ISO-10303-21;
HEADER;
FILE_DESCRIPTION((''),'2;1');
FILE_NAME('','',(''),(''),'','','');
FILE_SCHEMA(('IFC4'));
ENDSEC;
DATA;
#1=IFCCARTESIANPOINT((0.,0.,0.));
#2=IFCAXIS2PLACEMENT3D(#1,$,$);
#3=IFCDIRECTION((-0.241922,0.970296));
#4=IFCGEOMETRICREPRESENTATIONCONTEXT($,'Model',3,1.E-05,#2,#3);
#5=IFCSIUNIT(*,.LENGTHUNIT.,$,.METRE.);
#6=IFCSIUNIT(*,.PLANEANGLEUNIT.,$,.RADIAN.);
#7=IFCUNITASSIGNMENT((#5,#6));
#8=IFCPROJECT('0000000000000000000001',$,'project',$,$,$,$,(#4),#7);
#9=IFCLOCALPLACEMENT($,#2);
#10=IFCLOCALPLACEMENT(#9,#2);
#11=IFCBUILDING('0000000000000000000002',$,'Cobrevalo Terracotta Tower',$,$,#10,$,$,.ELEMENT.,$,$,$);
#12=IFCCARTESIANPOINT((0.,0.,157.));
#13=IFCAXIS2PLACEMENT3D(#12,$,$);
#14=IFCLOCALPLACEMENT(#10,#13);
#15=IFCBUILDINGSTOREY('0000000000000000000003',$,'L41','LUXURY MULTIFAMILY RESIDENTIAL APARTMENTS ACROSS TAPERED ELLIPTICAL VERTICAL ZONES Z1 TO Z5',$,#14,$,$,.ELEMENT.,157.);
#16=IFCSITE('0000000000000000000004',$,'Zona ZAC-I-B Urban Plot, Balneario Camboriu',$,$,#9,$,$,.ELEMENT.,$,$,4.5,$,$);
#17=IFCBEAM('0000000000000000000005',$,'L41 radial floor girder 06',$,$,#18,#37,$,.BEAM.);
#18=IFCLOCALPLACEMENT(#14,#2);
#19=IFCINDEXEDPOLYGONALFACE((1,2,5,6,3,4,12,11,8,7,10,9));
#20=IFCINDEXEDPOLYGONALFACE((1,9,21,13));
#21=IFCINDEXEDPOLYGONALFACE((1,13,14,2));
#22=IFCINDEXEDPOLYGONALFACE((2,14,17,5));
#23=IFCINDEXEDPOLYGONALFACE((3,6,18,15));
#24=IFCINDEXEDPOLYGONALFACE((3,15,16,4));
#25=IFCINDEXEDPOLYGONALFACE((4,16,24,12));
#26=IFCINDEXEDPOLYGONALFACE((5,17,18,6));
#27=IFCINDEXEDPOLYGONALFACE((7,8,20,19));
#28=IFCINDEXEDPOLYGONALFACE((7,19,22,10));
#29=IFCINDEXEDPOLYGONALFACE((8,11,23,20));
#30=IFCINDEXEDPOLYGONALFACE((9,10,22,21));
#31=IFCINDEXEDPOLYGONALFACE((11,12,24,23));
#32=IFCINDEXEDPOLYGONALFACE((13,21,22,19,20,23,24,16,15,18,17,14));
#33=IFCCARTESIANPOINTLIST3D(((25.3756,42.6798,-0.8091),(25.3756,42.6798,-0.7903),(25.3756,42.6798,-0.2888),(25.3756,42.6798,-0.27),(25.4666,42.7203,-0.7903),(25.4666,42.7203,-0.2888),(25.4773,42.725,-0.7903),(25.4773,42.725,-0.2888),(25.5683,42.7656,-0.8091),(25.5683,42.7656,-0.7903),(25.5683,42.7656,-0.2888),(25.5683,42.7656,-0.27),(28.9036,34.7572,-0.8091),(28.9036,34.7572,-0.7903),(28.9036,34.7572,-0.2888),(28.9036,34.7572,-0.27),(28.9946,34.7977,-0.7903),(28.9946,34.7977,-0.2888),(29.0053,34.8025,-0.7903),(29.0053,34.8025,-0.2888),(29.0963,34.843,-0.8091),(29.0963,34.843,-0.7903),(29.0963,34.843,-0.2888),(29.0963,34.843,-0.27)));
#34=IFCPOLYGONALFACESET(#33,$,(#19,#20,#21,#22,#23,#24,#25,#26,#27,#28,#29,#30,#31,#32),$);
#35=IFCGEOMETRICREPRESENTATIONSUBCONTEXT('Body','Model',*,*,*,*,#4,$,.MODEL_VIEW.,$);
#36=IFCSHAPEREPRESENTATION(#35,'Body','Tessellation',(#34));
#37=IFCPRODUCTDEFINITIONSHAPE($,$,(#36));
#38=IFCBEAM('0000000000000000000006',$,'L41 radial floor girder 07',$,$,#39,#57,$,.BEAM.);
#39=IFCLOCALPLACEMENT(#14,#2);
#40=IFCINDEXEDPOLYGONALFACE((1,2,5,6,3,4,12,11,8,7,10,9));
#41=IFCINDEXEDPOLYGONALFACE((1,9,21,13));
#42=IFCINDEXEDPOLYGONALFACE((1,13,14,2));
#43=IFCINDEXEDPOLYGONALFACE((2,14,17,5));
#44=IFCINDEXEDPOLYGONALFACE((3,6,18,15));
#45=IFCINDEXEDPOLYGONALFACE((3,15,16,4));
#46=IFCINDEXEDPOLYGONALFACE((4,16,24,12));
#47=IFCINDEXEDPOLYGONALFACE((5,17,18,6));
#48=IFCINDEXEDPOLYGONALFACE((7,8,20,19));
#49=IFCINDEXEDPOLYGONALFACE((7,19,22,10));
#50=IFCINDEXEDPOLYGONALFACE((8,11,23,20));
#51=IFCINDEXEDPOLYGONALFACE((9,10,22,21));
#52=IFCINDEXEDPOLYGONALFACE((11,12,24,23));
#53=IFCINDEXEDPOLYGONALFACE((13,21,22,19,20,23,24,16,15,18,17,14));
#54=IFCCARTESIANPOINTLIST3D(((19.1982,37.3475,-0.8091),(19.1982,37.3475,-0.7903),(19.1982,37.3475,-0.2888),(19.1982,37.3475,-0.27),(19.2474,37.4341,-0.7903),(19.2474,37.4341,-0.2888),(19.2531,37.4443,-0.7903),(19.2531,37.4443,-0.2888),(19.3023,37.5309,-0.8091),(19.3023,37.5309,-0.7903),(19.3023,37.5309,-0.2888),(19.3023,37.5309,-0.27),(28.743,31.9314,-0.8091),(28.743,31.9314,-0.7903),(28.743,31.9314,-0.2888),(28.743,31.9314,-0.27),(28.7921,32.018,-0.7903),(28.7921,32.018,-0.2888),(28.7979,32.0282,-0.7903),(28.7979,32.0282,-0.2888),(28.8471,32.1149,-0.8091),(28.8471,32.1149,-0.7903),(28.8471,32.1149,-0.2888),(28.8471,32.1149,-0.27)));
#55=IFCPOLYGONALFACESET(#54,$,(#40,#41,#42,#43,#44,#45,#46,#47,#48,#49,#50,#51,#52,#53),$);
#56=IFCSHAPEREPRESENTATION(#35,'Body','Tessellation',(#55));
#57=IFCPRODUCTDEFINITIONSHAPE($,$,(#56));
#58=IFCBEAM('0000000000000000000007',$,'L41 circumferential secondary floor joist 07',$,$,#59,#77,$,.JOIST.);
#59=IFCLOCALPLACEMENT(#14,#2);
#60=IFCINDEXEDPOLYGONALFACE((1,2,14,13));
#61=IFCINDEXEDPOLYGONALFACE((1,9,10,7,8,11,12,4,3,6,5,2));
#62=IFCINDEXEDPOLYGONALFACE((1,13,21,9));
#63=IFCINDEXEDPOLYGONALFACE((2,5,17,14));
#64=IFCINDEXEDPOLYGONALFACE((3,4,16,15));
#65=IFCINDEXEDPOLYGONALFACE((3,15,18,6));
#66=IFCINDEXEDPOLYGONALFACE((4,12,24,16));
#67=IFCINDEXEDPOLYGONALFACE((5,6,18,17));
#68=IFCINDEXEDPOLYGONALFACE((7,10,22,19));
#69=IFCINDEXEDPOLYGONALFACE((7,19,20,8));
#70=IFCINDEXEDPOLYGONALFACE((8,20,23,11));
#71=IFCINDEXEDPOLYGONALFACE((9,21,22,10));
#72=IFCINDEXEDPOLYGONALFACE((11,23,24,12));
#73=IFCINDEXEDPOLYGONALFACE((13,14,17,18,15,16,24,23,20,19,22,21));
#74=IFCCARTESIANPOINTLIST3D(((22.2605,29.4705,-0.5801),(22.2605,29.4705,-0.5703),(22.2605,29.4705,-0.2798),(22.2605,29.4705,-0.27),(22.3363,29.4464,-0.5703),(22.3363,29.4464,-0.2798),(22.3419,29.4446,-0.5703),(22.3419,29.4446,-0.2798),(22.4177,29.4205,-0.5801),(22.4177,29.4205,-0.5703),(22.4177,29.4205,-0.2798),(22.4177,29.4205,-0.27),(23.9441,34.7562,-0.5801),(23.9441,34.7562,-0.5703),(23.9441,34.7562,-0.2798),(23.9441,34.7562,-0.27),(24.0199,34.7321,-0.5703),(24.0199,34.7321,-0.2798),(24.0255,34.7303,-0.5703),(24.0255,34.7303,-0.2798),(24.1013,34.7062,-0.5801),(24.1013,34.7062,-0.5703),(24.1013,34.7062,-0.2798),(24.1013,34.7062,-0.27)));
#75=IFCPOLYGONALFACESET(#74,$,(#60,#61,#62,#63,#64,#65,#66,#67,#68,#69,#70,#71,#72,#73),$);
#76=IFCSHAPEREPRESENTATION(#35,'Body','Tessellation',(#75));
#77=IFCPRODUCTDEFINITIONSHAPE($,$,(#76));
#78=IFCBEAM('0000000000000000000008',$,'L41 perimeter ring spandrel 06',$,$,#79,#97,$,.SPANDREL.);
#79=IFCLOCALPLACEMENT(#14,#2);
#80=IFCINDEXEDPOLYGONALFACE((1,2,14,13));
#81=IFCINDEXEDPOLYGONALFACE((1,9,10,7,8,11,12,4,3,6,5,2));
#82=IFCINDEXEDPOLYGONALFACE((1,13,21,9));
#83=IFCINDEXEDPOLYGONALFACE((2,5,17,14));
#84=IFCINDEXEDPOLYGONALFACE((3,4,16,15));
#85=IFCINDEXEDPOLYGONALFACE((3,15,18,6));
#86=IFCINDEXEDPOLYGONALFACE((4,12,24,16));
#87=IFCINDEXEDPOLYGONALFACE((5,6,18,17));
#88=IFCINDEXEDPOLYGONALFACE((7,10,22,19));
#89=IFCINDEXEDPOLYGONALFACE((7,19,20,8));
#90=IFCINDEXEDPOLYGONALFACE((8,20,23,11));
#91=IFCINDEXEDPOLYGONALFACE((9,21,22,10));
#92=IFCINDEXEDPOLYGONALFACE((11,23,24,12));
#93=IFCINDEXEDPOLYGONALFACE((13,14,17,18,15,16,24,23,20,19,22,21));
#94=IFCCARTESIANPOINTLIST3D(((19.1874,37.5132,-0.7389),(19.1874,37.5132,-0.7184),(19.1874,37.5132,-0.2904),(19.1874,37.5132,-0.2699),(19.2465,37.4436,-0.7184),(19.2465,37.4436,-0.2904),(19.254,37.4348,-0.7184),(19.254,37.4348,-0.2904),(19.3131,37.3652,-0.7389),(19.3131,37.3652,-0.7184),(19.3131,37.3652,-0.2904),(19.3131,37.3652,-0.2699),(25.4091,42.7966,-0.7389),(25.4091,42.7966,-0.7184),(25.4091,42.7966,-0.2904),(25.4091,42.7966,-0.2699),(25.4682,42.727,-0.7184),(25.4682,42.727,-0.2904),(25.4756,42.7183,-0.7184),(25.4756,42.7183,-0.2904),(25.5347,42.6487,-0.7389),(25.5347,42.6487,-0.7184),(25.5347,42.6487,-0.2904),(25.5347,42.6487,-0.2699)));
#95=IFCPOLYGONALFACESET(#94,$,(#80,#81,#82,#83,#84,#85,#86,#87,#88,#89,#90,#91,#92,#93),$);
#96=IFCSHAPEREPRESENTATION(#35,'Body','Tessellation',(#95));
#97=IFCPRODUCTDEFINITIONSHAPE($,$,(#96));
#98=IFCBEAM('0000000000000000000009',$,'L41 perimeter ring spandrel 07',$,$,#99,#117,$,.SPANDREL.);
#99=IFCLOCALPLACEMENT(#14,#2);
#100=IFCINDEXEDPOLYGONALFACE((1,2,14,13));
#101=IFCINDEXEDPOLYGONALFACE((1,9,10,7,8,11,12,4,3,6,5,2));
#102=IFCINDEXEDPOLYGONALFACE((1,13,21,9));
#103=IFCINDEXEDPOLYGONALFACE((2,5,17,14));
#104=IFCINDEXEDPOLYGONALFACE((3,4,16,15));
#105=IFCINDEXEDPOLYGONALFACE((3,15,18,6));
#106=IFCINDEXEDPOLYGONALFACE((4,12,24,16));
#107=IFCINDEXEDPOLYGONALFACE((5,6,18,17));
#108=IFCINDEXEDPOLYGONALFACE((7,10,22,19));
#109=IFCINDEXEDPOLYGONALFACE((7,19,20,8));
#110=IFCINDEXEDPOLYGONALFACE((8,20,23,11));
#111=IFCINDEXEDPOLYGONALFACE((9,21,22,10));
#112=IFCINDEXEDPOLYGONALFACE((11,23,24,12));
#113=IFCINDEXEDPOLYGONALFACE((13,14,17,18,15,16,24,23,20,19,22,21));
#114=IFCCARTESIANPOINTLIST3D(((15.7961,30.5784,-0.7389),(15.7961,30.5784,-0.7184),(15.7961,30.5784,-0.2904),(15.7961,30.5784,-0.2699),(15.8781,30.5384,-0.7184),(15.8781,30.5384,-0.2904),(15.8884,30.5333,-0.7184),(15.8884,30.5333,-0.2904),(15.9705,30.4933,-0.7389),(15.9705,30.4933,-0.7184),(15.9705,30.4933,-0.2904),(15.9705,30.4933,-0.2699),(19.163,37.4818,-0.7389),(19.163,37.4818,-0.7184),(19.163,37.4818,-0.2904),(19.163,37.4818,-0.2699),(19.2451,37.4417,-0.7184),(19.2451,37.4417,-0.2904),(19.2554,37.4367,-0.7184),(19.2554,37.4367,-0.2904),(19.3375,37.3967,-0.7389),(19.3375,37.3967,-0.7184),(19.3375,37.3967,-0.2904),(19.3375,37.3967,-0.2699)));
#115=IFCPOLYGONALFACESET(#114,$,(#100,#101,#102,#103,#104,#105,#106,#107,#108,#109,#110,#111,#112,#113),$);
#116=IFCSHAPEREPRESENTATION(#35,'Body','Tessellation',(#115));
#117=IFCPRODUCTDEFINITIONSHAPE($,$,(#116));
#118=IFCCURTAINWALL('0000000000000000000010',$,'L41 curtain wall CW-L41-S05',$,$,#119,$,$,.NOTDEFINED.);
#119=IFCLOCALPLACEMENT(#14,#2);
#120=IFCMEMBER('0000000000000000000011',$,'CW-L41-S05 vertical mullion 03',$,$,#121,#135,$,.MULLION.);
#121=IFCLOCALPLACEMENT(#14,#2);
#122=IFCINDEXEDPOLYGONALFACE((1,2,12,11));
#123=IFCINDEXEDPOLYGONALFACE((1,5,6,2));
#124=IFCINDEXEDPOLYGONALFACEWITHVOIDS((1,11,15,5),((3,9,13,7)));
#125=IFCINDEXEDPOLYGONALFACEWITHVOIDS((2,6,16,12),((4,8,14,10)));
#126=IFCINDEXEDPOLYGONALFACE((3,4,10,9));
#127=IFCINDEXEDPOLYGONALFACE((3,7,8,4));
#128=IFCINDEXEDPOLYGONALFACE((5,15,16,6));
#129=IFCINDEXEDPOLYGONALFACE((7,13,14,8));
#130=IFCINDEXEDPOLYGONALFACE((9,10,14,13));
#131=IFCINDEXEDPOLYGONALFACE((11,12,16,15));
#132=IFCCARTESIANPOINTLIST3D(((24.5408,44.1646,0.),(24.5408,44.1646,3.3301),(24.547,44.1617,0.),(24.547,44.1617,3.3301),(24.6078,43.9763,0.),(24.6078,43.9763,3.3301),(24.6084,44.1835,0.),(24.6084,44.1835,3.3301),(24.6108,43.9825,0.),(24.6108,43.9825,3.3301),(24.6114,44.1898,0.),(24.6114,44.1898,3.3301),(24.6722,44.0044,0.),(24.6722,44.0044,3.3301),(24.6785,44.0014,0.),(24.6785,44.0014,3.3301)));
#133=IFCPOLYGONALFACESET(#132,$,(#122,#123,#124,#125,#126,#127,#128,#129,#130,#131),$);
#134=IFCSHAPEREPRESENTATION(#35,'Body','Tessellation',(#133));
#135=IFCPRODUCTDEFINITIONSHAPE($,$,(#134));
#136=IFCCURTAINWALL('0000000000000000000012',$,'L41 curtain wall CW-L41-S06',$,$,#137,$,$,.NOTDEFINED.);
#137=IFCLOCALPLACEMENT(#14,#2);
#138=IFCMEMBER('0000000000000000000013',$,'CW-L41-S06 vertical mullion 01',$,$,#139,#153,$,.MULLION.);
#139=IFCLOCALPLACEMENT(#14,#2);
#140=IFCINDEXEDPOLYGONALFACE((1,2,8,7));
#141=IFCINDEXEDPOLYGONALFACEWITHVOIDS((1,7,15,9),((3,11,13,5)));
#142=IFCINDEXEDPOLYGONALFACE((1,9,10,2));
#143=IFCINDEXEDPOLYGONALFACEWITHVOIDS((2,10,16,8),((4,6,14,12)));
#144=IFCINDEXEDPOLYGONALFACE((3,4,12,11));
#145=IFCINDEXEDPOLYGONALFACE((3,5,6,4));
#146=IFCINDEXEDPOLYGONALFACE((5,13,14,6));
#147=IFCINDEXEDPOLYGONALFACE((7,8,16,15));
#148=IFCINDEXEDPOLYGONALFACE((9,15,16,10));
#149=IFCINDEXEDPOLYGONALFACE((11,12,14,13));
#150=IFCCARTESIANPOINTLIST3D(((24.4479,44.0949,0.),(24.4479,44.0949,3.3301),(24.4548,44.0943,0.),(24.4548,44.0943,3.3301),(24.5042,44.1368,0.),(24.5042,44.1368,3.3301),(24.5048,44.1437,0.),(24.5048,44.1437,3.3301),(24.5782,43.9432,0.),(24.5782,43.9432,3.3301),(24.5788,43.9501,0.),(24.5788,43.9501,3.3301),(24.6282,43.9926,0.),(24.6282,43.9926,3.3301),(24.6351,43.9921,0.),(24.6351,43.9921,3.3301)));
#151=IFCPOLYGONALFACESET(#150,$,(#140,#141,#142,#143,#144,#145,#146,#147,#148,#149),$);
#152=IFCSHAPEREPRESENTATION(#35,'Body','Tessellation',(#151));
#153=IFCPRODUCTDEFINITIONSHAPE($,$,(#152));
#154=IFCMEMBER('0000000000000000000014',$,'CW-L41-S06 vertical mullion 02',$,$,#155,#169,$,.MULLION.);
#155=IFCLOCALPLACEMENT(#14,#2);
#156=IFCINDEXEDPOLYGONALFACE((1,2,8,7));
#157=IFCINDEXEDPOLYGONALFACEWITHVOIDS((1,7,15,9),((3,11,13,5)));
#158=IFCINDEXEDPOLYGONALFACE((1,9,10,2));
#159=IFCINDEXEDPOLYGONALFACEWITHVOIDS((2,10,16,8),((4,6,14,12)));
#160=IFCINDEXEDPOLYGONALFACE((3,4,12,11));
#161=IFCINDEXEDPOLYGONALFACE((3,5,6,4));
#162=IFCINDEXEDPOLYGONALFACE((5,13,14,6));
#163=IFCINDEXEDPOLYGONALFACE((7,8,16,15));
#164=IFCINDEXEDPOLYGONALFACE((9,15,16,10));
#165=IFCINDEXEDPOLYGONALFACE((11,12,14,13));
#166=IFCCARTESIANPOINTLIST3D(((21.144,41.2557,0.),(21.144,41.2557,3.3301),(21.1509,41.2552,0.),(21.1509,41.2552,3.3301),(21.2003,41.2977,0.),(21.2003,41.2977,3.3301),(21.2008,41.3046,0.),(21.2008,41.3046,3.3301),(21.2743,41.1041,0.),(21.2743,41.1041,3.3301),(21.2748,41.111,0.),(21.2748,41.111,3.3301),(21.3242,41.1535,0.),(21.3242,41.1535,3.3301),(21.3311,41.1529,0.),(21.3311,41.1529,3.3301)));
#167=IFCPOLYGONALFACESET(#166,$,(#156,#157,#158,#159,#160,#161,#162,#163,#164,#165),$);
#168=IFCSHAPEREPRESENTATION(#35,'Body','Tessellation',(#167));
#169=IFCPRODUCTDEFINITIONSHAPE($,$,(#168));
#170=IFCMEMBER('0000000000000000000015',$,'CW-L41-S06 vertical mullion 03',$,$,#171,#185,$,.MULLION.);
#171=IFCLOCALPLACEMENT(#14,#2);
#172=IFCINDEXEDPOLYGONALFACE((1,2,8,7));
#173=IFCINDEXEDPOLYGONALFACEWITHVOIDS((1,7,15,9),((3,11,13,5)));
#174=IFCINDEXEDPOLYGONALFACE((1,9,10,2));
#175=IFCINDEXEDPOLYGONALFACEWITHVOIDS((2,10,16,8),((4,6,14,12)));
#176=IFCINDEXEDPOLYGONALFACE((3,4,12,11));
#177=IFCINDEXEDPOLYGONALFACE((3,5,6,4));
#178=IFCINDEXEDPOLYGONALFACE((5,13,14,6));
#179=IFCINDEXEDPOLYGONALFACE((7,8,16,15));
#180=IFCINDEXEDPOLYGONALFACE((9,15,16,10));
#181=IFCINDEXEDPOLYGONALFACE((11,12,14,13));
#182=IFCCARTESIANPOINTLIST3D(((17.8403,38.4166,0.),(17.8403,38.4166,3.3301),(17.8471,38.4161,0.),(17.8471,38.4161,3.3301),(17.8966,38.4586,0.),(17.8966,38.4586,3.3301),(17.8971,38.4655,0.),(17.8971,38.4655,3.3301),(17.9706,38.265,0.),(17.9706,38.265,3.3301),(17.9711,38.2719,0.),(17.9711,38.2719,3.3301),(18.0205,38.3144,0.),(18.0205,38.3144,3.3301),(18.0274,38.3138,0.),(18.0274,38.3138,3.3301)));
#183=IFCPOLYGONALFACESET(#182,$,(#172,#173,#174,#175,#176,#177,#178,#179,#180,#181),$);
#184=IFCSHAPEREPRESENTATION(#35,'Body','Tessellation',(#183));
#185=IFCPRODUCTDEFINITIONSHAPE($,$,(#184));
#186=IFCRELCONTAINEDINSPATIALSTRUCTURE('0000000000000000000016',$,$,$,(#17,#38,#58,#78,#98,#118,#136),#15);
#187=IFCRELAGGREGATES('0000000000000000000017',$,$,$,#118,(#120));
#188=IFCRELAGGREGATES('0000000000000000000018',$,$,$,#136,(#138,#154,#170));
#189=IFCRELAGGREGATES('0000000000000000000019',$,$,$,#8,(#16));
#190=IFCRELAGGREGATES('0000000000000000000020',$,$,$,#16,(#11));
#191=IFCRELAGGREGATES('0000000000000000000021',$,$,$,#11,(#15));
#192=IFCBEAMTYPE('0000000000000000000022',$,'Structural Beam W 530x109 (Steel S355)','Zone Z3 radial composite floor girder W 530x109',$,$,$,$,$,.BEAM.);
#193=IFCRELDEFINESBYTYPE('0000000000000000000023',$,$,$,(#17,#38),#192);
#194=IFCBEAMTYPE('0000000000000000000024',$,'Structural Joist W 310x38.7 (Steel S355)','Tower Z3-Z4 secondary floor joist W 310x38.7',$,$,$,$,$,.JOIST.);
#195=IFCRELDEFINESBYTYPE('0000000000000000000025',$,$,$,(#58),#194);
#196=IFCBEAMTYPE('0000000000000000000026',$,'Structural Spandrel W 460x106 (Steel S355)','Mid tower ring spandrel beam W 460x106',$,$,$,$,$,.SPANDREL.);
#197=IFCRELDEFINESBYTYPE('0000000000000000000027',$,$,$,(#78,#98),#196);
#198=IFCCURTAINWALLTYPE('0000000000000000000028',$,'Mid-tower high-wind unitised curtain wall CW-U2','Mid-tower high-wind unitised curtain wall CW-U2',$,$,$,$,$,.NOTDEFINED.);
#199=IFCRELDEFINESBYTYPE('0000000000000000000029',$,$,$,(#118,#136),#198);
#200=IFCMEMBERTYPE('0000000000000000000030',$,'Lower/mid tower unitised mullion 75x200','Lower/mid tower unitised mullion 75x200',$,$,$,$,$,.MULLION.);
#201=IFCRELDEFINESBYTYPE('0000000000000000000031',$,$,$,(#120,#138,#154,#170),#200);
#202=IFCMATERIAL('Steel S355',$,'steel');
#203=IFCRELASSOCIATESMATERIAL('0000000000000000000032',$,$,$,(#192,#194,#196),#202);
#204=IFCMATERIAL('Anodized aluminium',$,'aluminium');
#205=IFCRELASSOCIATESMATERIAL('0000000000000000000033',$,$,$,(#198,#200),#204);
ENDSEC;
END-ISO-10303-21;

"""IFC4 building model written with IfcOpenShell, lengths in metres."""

from ifc_helpers import new_model, si_unit, direction, frame, origin, origin_2d, place, context, subcontext, project, spatial, hollow_rectangle, i_section, extrude, source, transform, mapped, material, material_profile, profile_set, type_object, element, aggregate, save


model = new_model("IFC4")

# Units and contexts
model_context = context("Model", 3, precision=1e-05, world=origin(), true_north=direction((-0.241922, 0.970296)))
body_context = subcontext(model_context, "Body", "Model", "MODEL_VIEW")
ifc_project = project(units=[si_unit("LENGTHUNIT", "METRE"), si_unit("PLANEANGLEUNIT", "RADIAN")], contexts=[model_context])

# Site, building, storey
site_placement = place(None, origin())
site = spatial("IfcSite", under=ifc_project, at=site_placement, Name="Zona ZAC-I-B Urban Plot, Balneario Camboriu", CompositionType="ELEMENT", RefElevation=4.5)
building_placement = place(site_placement, origin())
building = spatial("IfcBuilding", under=site, at=building_placement, Name="Cobrevalo Terracotta Tower", CompositionType="ELEMENT")
storey_placement = place(building_placement, frame((0.0, 0.0, 157.0)))
storey = spatial("IfcBuildingStorey", under=building, at=storey_placement, Name="L41", Description="LUXURY MULTIFAMILY RESIDENTIAL APARTMENTS ACROSS TAPERED ELLIPTICAL VERTICAL ZONES Z1 TO Z5", CompositionType="ELEMENT", Elevation=157.0)

# Shared definitions
ifc_material_1 = material(Name="Steel S355", Category="steel")

# Beams
ifc_material_profile_1 = material_profile(ifc_material_1, i_section(OverallWidth=0.2109, OverallDepth=0.5391, WebThickness=0.0117, FlangeThickness=0.0188, at=origin_2d()), Name="W 530x109")
ifc_profile_set_1 = profile_set([ifc_material_profile_1], Name="Steel S355")
beam_type_1 = type_object("IfcBeamType", Name="Structural Beam W 530x109 (Steel S355)", Description="Zone Z3 radial composite floor girder W 530x109", PredefinedType="BEAM", material=ifc_profile_set_1)
beam_1_placement = place(storey_placement, frame((25.4719, 42.7227, -0.5396), z_axis=(0.406804, -0.913515, 0.0), x_axis=(0.913515, 0.406804, 0.0)))
element("IfcBeam", 1, at=beam_1_placement, inside=storey, type_object=beam_type_1, Name="L41 radial floor girder 06", PredefinedType="BEAM", context=body_context, shape_type="SweptSolid", body=[
    extrude(i_section(OverallWidth=0.2109, OverallDepth=0.5391, WebThickness=0.0117, FlangeThickness=0.0188, at=origin_2d()), origin(), (0.0, 0.0, 1.0), 8.6726),
])
beam_2_placement = place(storey_placement, frame((19.2502, 37.4392, -0.5396), z_axis=(0.869734, -0.49352, 0.0), x_axis=(0.49352, 0.869734, 0.0)))
element("IfcBeam", 2, at=beam_2_placement, inside=storey, type_object=beam_type_1, Name="L41 radial floor girder 07", PredefinedType="BEAM", context=body_context, shape_type="SweptSolid", body=[
    extrude(i_section(OverallWidth=0.2109, OverallDepth=0.5391, WebThickness=0.0117, FlangeThickness=0.0188, at=origin_2d()), origin(), (0.0, 0.0, 1.0), 10.9744),
])
ifc_material_profile_2 = material_profile(ifc_material_1, i_section(OverallWidth=0.165, OverallDepth=0.3101, WebThickness=0.0059, FlangeThickness=0.0098, at=origin_2d()), Name="W 310x38.7")
ifc_profile_set_2 = profile_set([ifc_material_profile_2], Name="Steel S355")
beam_type_2 = type_object("IfcBeamType", Name="Structural Joist W 310x38.7 (Steel S355)", Description="Tower Z3-Z4 secondary floor joist W 310x38.7", PredefinedType="JOIST", material=ifc_profile_set_2)
beam_3_placement = place(storey_placement, frame((24.0227, 34.7312, -0.425), z_axis=(-0.303498, -0.952832, 0.0), x_axis=(0.952832, -0.303498, 0.0)))
element("IfcBeam", 3, at=beam_3_placement, inside=storey, type_object=beam_type_2, Name="L41 circumferential secondary floor joist 07", PredefinedType="JOIST", context=body_context, shape_type="SweptSolid", body=[
    extrude(i_section(OverallWidth=0.165, OverallDepth=0.3101, WebThickness=0.0059, FlangeThickness=0.0098, at=origin_2d()), origin(), (0.0, 0.0, 1.0), 5.5474),
])
ifc_material_profile_3 = material_profile(ifc_material_1, i_section(OverallWidth=0.1941, OverallDepth=0.469, WebThickness=0.0115, FlangeThickness=0.0205, at=origin_2d()), Name="W 460x106")
ifc_profile_set_3 = profile_set([ifc_material_profile_3], Name="Steel S355")
beam_type_3 = type_object("IfcBeamType", Name="Structural Spandrel W 460x106 (Steel S355)", Description="Mid tower ring spandrel beam W 460x106", PredefinedType="SPANDREL", material=ifc_profile_set_3)
beam_4_placement = place(storey_placement, frame((25.4719, 42.7227, -0.5044), z_axis=(-0.76224, -0.647294, 0.0), x_axis=(0.647294, -0.76224, 0.0)))
element("IfcBeam", 4, at=beam_4_placement, inside=storey, type_object=beam_type_3, Name="L41 perimeter ring spandrel 06", PredefinedType="SPANDREL", context=body_context, shape_type="SweptSolid", body=[
    extrude(i_section(OverallWidth=0.1941, OverallDepth=0.469, WebThickness=0.0115, FlangeThickness=0.0205, at=origin_2d()), origin(), (0.0, 0.0, 1.0), 8.1624),
])
beam_5_placement = place(storey_placement, frame((19.2502, 37.4392, -0.5044), z_axis=(-0.438368, -0.898796, 0.0), x_axis=(0.898796, -0.438368, 0.0)))
element("IfcBeam", 5, at=beam_5_placement, inside=storey, type_object=beam_type_3, Name="L41 perimeter ring spandrel 07", PredefinedType="SPANDREL", context=body_context, shape_type="SweptSolid", body=[
    extrude(i_section(OverallWidth=0.1941, OverallDepth=0.469, WebThickness=0.0115, FlangeThickness=0.0205, at=origin_2d()), origin(), (0.0, 0.0, 1.0), 7.6807),
])

# Curtain wall, member
ifc_material_2 = material(Name="Anodized aluminium", Category="aluminium")
curtain_wall_type = type_object("IfcCurtainWallType", Name="Mid-tower high-wind unitised curtain wall CW-U2", Description="Mid-tower high-wind unitised curtain wall CW-U2", PredefinedType="NOTDEFINED", material=ifc_material_2)
curtain_wall_1_placement = place(storey_placement, origin())
curtain_wall_1 = element("IfcCurtainWall", 6, at=curtain_wall_1_placement, inside=storey, type_object=curtain_wall_type, Name="L41 curtain wall CW-L41-S05", PredefinedType="NOTDEFINED")
ifc_material_profile_4 = material_profile(ifc_material_2, hollow_rectangle(XDim=0.075, YDim=0.2, WallThickness=0.0049, at=origin_2d()), Name="CWM 75x200")
ifc_profile_set_4 = profile_set([ifc_material_profile_4], Name="Anodized aluminium")
member_type_1 = type_object("IfcMemberType", Name="Lower/mid tower unitised mullion 75x200", Description="Lower/mid tower unitised mullion 75x200", PredefinedType="MULLION", material=ifc_profile_set_4)
shared_shape_1 = source(origin(), body_context, "Body", "SweptSolid", [
    extrude(hollow_rectangle(XDim=0.075, YDim=0.2, WallThickness=0.0049, at=origin_2d()), origin(), (0.0, 0.0, 1.0), 3.3301),
])
member_1_placement = place(storey_placement, frame((24.6096, 44.083, 0.0), z_axis=(0.0, 0.0, 1.0), x_axis=(-0.942098, -0.335336, 0.0)))
member_1 = element("IfcMember", 7, at=member_1_placement, type_object=member_type_1, Name="CW-L41-S05 vertical mullion 03", PredefinedType="MULLION", context=body_context, shape_type="MappedRepresentation", body=[
    mapped(shared_shape_1, transform((0.0, 0.0, 0.0), scale=1.0)),
])
aggregate(curtain_wall_1, [member_1])

# Curtain wall, members
curtain_wall_2_placement = place(storey_placement, origin())
curtain_wall_2 = element("IfcCurtainWall", 8, at=curtain_wall_2_placement, inside=storey, type_object=curtain_wall_type, Name="L41 curtain wall CW-L41-S06", PredefinedType="NOTDEFINED")
member_2_placement = place(storey_placement, frame((24.5415, 44.0435, 0.0), z_axis=(0.0, 0.0, 1.0), x_axis=(-0.758442, -0.651741, 0.0)))
member_2 = element("IfcMember", 9, at=member_2_placement, type_object=member_type_1, Name="CW-L41-S06 vertical mullion 01", PredefinedType="MULLION", context=body_context, shape_type="MappedRepresentation", body=[
    mapped(shared_shape_1, transform((0.0, 0.0, 0.0), scale=1.0)),
])
member_3_placement = place(storey_placement, frame((21.2375, 41.2043, 0.0), z_axis=(0.0, 0.0, 1.0), x_axis=(-0.758442, -0.651741, 0.0)))
member_3 = element("IfcMember", 10, at=member_3_placement, type_object=member_type_1, Name="CW-L41-S06 vertical mullion 02", PredefinedType="MULLION", context=body_context, shape_type="MappedRepresentation", body=[
    mapped(shared_shape_1, transform((0.0, 0.0, 0.0), scale=1.0)),
])
member_4_placement = place(storey_placement, frame((17.9338, 38.3652, 0.0), z_axis=(0.0, 0.0, 1.0), x_axis=(-0.758442, -0.651741, 0.0)))
member_4 = element("IfcMember", 11, at=member_4_placement, type_object=member_type_1, Name="CW-L41-S06 vertical mullion 03", PredefinedType="MULLION", context=body_context, shape_type="MappedRepresentation", body=[
    mapped(shared_shape_1, transform((0.0, 0.0, 0.0), scale=1.0)),
])
aggregate(curtain_wall_2, [member_2, member_3, member_4])

save(model, "model.ifc")
